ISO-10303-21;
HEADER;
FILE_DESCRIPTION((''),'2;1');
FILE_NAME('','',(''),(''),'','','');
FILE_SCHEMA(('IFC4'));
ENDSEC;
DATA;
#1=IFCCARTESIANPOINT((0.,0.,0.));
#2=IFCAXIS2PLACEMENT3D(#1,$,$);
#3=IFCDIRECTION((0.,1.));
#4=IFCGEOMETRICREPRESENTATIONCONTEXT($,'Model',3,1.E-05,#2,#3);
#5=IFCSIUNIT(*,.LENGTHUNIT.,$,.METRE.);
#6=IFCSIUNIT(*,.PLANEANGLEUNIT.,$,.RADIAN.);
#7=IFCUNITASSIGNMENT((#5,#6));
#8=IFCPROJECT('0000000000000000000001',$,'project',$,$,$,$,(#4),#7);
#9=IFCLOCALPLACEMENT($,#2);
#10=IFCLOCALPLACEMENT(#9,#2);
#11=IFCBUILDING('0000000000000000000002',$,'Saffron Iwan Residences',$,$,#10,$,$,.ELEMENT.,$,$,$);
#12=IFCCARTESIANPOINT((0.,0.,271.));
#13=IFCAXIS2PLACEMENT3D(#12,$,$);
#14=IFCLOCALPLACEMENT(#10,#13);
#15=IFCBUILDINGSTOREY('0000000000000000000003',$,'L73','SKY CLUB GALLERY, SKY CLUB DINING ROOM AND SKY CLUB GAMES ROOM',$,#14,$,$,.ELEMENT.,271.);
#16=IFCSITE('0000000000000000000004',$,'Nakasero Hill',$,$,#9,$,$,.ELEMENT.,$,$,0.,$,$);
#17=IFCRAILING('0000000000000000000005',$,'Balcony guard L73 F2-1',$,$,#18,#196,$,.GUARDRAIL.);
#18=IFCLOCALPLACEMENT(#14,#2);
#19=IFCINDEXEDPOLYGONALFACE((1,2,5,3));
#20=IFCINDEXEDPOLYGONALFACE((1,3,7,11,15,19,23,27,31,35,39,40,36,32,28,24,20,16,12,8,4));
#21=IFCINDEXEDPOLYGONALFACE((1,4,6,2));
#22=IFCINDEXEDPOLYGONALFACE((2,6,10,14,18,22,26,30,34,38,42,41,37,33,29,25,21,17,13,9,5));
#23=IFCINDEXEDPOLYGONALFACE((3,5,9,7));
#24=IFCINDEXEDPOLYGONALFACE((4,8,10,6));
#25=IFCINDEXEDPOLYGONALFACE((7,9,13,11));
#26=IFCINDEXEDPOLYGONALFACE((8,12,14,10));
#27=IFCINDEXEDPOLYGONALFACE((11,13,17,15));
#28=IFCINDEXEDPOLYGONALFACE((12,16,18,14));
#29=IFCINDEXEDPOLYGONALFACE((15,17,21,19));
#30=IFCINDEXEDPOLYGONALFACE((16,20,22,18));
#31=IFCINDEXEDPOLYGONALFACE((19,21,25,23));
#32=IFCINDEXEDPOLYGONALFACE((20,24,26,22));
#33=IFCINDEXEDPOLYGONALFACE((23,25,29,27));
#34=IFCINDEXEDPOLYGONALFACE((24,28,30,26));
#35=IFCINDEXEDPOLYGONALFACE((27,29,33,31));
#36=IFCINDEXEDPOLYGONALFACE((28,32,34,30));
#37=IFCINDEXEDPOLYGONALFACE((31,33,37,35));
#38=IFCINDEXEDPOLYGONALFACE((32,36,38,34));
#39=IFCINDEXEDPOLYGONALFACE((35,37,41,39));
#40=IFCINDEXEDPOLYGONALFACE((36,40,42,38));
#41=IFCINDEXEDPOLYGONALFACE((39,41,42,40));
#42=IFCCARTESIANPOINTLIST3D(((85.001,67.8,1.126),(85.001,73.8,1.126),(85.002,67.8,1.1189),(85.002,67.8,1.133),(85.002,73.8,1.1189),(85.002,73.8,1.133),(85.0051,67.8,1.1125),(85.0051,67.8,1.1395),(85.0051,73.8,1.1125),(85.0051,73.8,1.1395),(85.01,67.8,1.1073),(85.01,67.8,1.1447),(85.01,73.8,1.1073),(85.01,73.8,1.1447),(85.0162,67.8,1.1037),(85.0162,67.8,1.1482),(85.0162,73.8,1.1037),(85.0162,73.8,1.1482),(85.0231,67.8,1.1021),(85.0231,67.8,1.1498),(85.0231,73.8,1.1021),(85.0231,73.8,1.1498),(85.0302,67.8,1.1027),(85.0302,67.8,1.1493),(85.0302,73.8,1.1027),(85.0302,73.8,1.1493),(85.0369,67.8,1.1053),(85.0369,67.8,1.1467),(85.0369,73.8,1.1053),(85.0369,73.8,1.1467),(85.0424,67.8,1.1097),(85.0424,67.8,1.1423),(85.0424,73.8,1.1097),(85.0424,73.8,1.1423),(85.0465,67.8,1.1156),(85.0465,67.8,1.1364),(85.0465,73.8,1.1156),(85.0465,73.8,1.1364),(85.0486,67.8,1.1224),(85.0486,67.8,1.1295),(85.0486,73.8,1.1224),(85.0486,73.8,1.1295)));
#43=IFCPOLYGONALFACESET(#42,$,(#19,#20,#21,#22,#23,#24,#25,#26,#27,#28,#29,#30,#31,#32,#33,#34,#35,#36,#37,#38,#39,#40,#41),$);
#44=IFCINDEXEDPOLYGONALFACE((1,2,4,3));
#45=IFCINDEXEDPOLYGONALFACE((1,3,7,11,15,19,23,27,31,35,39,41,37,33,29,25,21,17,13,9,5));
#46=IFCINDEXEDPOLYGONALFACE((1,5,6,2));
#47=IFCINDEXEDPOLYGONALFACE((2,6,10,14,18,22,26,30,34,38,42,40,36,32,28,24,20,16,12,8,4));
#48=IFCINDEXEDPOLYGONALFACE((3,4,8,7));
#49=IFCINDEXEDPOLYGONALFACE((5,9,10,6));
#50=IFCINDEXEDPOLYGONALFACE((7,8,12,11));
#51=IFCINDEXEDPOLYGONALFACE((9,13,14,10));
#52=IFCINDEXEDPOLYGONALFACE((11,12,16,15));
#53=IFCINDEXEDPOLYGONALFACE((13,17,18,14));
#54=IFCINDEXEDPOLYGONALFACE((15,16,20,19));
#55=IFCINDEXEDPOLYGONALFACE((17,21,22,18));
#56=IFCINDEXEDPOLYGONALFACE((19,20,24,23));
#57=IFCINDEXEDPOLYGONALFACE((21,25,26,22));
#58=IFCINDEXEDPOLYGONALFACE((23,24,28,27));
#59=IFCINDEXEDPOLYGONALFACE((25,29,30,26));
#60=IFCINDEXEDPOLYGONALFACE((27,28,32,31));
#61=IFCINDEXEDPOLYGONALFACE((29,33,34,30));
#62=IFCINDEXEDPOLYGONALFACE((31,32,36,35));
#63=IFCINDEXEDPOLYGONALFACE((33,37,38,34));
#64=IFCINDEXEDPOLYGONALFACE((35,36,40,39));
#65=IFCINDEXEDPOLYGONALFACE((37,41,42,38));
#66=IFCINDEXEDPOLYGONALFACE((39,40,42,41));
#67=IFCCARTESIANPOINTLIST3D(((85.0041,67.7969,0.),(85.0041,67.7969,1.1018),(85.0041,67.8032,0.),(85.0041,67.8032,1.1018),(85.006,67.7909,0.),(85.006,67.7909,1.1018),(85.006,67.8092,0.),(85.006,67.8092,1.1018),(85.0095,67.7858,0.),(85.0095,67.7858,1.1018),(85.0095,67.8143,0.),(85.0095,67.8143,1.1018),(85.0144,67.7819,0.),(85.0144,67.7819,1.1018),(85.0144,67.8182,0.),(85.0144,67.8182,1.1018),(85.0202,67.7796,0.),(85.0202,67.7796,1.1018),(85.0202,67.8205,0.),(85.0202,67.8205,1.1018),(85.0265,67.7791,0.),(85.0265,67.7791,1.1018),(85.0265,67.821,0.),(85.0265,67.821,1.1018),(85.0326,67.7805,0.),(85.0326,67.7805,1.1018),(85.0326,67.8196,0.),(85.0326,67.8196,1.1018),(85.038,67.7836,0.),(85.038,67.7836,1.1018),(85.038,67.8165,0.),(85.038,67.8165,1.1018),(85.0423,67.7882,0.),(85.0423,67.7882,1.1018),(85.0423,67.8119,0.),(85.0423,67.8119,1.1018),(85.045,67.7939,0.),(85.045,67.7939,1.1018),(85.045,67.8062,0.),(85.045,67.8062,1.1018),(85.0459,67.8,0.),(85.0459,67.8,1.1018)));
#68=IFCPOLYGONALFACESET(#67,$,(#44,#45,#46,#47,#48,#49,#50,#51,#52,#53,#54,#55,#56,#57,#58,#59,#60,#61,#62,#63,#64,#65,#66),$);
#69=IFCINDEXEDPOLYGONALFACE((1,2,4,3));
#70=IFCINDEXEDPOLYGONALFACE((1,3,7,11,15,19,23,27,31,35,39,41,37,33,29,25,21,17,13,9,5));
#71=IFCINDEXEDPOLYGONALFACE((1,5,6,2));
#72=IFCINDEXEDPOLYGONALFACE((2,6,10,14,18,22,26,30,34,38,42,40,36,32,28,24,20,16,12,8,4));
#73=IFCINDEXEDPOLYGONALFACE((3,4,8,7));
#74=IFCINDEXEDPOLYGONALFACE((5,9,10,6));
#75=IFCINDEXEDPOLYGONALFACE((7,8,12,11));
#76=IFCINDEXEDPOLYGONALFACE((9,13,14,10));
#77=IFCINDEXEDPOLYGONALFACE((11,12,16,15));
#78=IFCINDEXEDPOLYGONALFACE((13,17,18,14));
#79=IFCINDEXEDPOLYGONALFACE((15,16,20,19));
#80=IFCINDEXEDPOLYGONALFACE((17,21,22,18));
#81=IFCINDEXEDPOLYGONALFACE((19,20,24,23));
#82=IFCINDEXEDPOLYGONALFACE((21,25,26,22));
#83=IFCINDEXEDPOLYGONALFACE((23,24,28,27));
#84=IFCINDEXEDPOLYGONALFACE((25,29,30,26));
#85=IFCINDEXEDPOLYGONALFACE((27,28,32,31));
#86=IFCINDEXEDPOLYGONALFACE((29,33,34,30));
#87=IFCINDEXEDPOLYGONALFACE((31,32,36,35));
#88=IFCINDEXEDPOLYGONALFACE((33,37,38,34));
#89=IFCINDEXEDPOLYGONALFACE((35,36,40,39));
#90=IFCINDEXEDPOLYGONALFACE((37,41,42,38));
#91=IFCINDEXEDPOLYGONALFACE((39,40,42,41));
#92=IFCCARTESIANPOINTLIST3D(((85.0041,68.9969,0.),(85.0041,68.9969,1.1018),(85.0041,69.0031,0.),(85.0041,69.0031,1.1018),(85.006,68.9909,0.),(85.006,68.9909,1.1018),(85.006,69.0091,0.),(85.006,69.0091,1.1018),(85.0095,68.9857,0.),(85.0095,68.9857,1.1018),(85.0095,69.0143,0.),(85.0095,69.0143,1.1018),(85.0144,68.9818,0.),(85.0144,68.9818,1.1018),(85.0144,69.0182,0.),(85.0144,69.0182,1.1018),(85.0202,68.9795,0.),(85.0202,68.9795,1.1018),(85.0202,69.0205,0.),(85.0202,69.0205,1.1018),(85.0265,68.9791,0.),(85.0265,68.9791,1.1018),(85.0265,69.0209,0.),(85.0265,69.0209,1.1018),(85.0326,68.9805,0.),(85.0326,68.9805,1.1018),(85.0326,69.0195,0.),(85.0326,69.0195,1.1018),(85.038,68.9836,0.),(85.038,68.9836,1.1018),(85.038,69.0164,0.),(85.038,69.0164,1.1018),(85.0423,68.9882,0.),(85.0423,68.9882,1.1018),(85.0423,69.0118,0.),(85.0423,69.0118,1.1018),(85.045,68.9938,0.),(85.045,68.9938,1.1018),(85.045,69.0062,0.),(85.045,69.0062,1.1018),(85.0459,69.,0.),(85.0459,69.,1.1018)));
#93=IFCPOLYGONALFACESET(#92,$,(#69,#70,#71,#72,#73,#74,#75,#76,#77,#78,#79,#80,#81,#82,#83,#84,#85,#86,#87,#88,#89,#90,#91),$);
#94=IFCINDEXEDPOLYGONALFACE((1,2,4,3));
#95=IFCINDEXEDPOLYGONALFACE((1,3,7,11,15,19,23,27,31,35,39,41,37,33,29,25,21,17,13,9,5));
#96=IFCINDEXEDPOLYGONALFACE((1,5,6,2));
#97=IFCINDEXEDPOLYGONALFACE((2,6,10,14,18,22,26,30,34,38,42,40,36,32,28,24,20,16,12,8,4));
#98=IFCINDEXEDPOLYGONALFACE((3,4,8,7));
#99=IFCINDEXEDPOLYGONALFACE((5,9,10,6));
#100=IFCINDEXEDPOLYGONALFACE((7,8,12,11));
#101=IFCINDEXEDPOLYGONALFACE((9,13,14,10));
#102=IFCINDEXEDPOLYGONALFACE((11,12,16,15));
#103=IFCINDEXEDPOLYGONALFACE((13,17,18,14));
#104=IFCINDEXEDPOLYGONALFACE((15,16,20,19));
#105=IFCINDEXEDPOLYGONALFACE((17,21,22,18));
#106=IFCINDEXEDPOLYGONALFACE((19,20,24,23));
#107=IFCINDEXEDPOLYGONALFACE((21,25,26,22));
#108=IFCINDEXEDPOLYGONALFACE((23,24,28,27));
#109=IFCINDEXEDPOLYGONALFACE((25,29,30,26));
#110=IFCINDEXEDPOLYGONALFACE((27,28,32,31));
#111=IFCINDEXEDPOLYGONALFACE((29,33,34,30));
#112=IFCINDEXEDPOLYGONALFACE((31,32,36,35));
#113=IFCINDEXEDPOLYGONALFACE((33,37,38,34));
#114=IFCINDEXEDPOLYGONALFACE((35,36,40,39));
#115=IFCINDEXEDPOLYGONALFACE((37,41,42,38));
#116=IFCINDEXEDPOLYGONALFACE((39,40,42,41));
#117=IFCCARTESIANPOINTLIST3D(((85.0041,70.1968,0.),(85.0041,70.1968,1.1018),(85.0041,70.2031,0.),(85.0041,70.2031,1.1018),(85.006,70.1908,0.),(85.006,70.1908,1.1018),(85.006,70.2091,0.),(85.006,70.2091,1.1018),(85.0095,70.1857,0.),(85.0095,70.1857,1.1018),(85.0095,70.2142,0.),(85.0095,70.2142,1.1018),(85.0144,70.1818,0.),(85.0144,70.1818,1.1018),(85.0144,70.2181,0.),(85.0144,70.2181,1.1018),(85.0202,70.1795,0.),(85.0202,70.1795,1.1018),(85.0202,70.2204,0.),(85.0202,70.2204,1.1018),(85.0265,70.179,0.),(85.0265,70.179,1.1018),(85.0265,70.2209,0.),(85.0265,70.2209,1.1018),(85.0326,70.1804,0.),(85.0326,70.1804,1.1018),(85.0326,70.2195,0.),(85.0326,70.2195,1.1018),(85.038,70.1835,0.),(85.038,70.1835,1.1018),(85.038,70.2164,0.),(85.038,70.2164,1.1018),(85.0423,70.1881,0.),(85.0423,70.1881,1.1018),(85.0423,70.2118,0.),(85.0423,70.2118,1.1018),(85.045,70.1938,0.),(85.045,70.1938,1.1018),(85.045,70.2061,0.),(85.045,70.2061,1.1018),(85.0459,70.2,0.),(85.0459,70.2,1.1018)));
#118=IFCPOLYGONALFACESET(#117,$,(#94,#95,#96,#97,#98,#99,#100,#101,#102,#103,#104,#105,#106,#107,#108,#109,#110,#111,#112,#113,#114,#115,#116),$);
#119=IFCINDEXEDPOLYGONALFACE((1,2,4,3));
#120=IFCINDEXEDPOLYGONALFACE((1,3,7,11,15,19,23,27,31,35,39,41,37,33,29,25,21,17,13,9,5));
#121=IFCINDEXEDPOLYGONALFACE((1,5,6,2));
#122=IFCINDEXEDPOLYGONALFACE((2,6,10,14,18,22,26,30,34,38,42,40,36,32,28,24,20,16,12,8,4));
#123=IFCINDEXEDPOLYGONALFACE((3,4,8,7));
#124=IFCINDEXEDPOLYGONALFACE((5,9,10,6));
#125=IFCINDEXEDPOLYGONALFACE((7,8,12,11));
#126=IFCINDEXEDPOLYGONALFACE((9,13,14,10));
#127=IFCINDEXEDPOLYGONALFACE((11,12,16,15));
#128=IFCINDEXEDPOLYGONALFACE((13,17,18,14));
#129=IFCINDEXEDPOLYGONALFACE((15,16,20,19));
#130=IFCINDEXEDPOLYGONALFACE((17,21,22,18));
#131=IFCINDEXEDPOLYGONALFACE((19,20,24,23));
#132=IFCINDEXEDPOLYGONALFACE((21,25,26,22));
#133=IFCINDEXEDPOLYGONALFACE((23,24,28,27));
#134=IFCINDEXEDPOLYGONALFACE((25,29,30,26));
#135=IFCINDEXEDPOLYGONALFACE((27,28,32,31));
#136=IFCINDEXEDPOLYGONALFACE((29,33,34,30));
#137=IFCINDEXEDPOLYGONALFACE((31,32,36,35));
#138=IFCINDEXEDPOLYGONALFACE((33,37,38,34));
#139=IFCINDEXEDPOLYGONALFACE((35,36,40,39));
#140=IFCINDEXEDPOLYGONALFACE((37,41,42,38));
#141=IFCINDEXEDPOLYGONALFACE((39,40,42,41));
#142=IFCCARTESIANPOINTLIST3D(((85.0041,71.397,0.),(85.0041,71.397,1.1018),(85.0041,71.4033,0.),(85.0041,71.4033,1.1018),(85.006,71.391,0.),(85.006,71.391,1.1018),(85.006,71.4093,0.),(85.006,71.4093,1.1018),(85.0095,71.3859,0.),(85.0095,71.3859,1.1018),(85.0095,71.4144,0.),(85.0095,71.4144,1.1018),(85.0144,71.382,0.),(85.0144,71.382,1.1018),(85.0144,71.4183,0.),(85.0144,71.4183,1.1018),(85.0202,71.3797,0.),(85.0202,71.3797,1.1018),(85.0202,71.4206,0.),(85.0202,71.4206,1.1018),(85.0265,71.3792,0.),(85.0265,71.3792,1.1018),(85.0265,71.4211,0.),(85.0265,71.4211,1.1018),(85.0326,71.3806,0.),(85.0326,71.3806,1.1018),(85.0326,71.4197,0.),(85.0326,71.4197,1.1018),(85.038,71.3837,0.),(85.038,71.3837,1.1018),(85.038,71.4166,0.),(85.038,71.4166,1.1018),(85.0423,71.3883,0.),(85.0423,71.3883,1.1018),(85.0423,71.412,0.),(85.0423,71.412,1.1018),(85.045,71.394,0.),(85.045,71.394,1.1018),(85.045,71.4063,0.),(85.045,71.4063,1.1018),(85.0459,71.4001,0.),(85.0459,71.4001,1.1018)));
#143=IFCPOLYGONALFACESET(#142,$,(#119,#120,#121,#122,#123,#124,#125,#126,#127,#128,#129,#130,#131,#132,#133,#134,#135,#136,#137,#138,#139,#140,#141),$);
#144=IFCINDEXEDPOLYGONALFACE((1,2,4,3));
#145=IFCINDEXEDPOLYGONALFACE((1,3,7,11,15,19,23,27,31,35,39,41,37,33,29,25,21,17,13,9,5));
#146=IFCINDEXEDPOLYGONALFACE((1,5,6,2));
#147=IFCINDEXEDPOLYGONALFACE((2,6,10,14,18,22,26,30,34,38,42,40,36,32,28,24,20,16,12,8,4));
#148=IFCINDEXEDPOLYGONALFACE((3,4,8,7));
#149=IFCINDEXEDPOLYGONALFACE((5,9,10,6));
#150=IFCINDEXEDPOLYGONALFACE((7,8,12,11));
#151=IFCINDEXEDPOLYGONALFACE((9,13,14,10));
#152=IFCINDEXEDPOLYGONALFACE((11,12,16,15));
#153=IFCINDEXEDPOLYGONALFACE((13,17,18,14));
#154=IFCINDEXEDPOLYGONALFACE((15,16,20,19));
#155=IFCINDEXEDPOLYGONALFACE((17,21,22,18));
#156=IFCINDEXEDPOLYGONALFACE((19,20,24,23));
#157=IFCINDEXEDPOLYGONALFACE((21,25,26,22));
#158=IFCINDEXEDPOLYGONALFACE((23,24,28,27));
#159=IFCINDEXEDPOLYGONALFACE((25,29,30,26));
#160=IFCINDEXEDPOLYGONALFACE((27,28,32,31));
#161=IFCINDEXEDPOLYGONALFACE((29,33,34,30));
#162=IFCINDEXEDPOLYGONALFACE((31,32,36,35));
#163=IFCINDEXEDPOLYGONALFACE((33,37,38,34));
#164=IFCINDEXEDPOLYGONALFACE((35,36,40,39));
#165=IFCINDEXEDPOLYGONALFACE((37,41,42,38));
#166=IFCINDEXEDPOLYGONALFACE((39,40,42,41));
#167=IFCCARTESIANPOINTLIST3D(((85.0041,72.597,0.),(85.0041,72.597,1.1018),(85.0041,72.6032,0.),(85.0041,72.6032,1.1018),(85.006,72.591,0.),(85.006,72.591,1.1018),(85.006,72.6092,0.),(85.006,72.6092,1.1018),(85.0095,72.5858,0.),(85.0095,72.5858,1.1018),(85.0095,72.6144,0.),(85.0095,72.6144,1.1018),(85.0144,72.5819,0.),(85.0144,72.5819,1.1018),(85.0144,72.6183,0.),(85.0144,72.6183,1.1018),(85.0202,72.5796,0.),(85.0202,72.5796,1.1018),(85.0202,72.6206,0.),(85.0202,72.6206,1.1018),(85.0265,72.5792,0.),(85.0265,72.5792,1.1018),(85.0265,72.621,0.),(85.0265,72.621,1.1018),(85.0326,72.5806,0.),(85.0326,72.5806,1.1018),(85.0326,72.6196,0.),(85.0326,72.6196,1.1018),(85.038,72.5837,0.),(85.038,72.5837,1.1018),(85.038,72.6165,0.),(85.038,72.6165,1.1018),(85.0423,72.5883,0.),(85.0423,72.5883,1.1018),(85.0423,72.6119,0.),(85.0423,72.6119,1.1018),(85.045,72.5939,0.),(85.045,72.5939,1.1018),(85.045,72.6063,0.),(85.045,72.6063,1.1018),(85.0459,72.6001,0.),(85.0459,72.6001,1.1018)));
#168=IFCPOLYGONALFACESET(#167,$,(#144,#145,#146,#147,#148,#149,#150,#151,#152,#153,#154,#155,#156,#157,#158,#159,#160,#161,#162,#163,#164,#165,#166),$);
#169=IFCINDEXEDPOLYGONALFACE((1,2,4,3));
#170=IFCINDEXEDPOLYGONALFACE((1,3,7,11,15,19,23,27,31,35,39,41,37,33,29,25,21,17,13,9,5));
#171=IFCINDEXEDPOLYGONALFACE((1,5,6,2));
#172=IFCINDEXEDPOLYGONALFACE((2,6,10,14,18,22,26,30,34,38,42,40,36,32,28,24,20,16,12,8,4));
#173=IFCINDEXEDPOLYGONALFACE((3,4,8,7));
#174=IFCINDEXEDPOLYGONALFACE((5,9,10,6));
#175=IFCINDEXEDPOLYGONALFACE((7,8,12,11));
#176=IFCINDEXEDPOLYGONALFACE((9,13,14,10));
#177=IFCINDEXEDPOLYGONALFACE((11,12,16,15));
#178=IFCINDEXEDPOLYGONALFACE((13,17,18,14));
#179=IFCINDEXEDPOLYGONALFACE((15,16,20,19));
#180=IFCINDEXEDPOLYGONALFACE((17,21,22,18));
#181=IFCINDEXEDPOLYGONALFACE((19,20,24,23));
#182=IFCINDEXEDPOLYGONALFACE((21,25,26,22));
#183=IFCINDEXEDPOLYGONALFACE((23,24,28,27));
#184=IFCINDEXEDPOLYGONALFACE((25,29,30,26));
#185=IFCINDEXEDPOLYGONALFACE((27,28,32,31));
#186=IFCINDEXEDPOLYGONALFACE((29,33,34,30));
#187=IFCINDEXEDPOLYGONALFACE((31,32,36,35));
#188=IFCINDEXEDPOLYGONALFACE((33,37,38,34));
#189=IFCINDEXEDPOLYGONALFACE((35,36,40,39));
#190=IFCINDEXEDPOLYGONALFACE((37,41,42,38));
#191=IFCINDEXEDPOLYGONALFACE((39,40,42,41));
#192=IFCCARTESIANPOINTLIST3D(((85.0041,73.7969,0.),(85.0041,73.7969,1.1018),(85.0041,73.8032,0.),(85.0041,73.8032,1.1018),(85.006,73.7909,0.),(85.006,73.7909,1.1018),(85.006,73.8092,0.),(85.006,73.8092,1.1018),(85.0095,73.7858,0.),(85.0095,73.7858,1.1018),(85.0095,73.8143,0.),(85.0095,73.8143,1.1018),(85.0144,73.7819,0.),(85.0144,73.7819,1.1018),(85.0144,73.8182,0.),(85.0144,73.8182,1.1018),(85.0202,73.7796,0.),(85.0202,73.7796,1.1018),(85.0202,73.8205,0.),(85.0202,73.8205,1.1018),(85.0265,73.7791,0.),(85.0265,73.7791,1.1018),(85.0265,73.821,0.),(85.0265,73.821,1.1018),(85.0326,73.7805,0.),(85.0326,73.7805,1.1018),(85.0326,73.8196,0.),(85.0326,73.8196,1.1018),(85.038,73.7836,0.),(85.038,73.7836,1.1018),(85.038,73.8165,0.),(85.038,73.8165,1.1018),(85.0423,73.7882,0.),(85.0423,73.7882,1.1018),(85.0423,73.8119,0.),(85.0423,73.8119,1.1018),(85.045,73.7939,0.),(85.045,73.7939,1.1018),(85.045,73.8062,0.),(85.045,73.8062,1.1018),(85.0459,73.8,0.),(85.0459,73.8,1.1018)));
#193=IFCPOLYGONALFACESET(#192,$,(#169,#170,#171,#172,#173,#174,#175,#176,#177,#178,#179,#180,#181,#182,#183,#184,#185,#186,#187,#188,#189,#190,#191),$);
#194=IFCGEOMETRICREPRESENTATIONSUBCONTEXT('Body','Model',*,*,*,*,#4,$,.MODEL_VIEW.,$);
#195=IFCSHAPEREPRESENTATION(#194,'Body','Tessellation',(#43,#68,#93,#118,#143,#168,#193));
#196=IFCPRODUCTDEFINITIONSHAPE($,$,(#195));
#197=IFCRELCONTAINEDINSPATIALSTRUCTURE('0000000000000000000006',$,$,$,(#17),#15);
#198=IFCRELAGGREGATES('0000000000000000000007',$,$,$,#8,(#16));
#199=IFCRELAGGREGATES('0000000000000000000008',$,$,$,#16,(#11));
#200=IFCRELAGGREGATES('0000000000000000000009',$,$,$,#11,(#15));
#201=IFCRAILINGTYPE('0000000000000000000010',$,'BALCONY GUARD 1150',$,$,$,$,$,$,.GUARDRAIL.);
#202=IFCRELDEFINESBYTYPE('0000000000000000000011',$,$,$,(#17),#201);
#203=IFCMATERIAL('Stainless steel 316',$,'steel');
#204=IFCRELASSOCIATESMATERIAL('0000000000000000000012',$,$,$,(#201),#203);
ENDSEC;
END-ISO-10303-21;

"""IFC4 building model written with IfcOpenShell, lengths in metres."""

from ifc_helpers import new_model, si_unit, direction, frame, origin, origin_2d, place, context, subcontext, project, spatial, circle, extrude, material, type_object, element, save


model = new_model("IFC4")

# Units and contexts
model_context = context("Model", 3, precision=1e-05, world=origin(), true_north=direction((0.0, 1.0)))
body_context = subcontext(model_context, "Body", "Model", "MODEL_VIEW")
ifc_project = project(units=[si_unit("LENGTHUNIT", "METRE"), si_unit("PLANEANGLEUNIT", "RADIAN")], contexts=[model_context])

# Site, building, storey
site_placement = place(None, origin())
site = spatial("IfcSite", under=ifc_project, at=site_placement, Name="Nakasero Hill", CompositionType="ELEMENT", RefElevation=0.0)
building_placement = place(site_placement, origin())
building = spatial("IfcBuilding", under=site, at=building_placement, Name="Saffron Iwan Residences", CompositionType="ELEMENT")
storey_placement = place(building_placement, frame((0.0, 0.0, 271.0)))
storey = spatial("IfcBuildingStorey", under=building, at=storey_placement, Name="L73", Description="SKY CLUB GALLERY, SKY CLUB DINING ROOM AND SKY CLUB GAMES ROOM", CompositionType="ELEMENT", Elevation=271.0)

# Railing
ifc_material_1 = material(Name="Stainless steel 316", Category="steel")
railing_type = type_object("IfcRailingType", Name="BALCONY GUARD 1150", PredefinedType="GUARDRAIL", material=ifc_material_1)
railing_placement = place(storey_placement, frame((85.0249, 67.8, 0.0)))
element("IfcRailing", 1, at=railing_placement, inside=storey, type_object=railing_type, Name="Balcony guard L73 F2-1", PredefinedType="GUARDRAIL", context=body_context, shape_type="SweptSolid", body=[
    extrude(circle(Radius=0.0239, at=origin_2d()), frame((0.0, 0.0, 1.126), z_axis=(0.0, 1.0, 0.0), x_axis=(-1.0, 0.0, 0.0)), (0.0, 0.0, 1.0), 6.0),
    extrude(circle(Radius=0.021, at=origin_2d()), origin(), (0.0, 0.0, 1.0), 1.1018),
    extrude(circle(Radius=0.021, at=origin_2d()), frame((0.0, 1.2, 0.0)), (0.0, 0.0, 1.0), 1.1018),
    extrude(circle(Radius=0.021, at=origin_2d()), frame((0.0, 2.3999, 0.0)), (0.0, 0.0, 1.0), 1.1018),
    extrude(circle(Radius=0.021, at=origin_2d()), frame((0.0, 3.6001, 0.0)), (0.0, 0.0, 1.0), 1.1018),
    extrude(circle(Radius=0.021, at=origin_2d()), frame((0.0, 4.8, 0.0)), (0.0, 0.0, 1.0), 1.1018),
    extrude(circle(Radius=0.021, at=origin_2d()), frame((0.0, 6.0, 0.0)), (0.0, 0.0, 1.0), 1.1018),
])

save(model, "model.ifc")
